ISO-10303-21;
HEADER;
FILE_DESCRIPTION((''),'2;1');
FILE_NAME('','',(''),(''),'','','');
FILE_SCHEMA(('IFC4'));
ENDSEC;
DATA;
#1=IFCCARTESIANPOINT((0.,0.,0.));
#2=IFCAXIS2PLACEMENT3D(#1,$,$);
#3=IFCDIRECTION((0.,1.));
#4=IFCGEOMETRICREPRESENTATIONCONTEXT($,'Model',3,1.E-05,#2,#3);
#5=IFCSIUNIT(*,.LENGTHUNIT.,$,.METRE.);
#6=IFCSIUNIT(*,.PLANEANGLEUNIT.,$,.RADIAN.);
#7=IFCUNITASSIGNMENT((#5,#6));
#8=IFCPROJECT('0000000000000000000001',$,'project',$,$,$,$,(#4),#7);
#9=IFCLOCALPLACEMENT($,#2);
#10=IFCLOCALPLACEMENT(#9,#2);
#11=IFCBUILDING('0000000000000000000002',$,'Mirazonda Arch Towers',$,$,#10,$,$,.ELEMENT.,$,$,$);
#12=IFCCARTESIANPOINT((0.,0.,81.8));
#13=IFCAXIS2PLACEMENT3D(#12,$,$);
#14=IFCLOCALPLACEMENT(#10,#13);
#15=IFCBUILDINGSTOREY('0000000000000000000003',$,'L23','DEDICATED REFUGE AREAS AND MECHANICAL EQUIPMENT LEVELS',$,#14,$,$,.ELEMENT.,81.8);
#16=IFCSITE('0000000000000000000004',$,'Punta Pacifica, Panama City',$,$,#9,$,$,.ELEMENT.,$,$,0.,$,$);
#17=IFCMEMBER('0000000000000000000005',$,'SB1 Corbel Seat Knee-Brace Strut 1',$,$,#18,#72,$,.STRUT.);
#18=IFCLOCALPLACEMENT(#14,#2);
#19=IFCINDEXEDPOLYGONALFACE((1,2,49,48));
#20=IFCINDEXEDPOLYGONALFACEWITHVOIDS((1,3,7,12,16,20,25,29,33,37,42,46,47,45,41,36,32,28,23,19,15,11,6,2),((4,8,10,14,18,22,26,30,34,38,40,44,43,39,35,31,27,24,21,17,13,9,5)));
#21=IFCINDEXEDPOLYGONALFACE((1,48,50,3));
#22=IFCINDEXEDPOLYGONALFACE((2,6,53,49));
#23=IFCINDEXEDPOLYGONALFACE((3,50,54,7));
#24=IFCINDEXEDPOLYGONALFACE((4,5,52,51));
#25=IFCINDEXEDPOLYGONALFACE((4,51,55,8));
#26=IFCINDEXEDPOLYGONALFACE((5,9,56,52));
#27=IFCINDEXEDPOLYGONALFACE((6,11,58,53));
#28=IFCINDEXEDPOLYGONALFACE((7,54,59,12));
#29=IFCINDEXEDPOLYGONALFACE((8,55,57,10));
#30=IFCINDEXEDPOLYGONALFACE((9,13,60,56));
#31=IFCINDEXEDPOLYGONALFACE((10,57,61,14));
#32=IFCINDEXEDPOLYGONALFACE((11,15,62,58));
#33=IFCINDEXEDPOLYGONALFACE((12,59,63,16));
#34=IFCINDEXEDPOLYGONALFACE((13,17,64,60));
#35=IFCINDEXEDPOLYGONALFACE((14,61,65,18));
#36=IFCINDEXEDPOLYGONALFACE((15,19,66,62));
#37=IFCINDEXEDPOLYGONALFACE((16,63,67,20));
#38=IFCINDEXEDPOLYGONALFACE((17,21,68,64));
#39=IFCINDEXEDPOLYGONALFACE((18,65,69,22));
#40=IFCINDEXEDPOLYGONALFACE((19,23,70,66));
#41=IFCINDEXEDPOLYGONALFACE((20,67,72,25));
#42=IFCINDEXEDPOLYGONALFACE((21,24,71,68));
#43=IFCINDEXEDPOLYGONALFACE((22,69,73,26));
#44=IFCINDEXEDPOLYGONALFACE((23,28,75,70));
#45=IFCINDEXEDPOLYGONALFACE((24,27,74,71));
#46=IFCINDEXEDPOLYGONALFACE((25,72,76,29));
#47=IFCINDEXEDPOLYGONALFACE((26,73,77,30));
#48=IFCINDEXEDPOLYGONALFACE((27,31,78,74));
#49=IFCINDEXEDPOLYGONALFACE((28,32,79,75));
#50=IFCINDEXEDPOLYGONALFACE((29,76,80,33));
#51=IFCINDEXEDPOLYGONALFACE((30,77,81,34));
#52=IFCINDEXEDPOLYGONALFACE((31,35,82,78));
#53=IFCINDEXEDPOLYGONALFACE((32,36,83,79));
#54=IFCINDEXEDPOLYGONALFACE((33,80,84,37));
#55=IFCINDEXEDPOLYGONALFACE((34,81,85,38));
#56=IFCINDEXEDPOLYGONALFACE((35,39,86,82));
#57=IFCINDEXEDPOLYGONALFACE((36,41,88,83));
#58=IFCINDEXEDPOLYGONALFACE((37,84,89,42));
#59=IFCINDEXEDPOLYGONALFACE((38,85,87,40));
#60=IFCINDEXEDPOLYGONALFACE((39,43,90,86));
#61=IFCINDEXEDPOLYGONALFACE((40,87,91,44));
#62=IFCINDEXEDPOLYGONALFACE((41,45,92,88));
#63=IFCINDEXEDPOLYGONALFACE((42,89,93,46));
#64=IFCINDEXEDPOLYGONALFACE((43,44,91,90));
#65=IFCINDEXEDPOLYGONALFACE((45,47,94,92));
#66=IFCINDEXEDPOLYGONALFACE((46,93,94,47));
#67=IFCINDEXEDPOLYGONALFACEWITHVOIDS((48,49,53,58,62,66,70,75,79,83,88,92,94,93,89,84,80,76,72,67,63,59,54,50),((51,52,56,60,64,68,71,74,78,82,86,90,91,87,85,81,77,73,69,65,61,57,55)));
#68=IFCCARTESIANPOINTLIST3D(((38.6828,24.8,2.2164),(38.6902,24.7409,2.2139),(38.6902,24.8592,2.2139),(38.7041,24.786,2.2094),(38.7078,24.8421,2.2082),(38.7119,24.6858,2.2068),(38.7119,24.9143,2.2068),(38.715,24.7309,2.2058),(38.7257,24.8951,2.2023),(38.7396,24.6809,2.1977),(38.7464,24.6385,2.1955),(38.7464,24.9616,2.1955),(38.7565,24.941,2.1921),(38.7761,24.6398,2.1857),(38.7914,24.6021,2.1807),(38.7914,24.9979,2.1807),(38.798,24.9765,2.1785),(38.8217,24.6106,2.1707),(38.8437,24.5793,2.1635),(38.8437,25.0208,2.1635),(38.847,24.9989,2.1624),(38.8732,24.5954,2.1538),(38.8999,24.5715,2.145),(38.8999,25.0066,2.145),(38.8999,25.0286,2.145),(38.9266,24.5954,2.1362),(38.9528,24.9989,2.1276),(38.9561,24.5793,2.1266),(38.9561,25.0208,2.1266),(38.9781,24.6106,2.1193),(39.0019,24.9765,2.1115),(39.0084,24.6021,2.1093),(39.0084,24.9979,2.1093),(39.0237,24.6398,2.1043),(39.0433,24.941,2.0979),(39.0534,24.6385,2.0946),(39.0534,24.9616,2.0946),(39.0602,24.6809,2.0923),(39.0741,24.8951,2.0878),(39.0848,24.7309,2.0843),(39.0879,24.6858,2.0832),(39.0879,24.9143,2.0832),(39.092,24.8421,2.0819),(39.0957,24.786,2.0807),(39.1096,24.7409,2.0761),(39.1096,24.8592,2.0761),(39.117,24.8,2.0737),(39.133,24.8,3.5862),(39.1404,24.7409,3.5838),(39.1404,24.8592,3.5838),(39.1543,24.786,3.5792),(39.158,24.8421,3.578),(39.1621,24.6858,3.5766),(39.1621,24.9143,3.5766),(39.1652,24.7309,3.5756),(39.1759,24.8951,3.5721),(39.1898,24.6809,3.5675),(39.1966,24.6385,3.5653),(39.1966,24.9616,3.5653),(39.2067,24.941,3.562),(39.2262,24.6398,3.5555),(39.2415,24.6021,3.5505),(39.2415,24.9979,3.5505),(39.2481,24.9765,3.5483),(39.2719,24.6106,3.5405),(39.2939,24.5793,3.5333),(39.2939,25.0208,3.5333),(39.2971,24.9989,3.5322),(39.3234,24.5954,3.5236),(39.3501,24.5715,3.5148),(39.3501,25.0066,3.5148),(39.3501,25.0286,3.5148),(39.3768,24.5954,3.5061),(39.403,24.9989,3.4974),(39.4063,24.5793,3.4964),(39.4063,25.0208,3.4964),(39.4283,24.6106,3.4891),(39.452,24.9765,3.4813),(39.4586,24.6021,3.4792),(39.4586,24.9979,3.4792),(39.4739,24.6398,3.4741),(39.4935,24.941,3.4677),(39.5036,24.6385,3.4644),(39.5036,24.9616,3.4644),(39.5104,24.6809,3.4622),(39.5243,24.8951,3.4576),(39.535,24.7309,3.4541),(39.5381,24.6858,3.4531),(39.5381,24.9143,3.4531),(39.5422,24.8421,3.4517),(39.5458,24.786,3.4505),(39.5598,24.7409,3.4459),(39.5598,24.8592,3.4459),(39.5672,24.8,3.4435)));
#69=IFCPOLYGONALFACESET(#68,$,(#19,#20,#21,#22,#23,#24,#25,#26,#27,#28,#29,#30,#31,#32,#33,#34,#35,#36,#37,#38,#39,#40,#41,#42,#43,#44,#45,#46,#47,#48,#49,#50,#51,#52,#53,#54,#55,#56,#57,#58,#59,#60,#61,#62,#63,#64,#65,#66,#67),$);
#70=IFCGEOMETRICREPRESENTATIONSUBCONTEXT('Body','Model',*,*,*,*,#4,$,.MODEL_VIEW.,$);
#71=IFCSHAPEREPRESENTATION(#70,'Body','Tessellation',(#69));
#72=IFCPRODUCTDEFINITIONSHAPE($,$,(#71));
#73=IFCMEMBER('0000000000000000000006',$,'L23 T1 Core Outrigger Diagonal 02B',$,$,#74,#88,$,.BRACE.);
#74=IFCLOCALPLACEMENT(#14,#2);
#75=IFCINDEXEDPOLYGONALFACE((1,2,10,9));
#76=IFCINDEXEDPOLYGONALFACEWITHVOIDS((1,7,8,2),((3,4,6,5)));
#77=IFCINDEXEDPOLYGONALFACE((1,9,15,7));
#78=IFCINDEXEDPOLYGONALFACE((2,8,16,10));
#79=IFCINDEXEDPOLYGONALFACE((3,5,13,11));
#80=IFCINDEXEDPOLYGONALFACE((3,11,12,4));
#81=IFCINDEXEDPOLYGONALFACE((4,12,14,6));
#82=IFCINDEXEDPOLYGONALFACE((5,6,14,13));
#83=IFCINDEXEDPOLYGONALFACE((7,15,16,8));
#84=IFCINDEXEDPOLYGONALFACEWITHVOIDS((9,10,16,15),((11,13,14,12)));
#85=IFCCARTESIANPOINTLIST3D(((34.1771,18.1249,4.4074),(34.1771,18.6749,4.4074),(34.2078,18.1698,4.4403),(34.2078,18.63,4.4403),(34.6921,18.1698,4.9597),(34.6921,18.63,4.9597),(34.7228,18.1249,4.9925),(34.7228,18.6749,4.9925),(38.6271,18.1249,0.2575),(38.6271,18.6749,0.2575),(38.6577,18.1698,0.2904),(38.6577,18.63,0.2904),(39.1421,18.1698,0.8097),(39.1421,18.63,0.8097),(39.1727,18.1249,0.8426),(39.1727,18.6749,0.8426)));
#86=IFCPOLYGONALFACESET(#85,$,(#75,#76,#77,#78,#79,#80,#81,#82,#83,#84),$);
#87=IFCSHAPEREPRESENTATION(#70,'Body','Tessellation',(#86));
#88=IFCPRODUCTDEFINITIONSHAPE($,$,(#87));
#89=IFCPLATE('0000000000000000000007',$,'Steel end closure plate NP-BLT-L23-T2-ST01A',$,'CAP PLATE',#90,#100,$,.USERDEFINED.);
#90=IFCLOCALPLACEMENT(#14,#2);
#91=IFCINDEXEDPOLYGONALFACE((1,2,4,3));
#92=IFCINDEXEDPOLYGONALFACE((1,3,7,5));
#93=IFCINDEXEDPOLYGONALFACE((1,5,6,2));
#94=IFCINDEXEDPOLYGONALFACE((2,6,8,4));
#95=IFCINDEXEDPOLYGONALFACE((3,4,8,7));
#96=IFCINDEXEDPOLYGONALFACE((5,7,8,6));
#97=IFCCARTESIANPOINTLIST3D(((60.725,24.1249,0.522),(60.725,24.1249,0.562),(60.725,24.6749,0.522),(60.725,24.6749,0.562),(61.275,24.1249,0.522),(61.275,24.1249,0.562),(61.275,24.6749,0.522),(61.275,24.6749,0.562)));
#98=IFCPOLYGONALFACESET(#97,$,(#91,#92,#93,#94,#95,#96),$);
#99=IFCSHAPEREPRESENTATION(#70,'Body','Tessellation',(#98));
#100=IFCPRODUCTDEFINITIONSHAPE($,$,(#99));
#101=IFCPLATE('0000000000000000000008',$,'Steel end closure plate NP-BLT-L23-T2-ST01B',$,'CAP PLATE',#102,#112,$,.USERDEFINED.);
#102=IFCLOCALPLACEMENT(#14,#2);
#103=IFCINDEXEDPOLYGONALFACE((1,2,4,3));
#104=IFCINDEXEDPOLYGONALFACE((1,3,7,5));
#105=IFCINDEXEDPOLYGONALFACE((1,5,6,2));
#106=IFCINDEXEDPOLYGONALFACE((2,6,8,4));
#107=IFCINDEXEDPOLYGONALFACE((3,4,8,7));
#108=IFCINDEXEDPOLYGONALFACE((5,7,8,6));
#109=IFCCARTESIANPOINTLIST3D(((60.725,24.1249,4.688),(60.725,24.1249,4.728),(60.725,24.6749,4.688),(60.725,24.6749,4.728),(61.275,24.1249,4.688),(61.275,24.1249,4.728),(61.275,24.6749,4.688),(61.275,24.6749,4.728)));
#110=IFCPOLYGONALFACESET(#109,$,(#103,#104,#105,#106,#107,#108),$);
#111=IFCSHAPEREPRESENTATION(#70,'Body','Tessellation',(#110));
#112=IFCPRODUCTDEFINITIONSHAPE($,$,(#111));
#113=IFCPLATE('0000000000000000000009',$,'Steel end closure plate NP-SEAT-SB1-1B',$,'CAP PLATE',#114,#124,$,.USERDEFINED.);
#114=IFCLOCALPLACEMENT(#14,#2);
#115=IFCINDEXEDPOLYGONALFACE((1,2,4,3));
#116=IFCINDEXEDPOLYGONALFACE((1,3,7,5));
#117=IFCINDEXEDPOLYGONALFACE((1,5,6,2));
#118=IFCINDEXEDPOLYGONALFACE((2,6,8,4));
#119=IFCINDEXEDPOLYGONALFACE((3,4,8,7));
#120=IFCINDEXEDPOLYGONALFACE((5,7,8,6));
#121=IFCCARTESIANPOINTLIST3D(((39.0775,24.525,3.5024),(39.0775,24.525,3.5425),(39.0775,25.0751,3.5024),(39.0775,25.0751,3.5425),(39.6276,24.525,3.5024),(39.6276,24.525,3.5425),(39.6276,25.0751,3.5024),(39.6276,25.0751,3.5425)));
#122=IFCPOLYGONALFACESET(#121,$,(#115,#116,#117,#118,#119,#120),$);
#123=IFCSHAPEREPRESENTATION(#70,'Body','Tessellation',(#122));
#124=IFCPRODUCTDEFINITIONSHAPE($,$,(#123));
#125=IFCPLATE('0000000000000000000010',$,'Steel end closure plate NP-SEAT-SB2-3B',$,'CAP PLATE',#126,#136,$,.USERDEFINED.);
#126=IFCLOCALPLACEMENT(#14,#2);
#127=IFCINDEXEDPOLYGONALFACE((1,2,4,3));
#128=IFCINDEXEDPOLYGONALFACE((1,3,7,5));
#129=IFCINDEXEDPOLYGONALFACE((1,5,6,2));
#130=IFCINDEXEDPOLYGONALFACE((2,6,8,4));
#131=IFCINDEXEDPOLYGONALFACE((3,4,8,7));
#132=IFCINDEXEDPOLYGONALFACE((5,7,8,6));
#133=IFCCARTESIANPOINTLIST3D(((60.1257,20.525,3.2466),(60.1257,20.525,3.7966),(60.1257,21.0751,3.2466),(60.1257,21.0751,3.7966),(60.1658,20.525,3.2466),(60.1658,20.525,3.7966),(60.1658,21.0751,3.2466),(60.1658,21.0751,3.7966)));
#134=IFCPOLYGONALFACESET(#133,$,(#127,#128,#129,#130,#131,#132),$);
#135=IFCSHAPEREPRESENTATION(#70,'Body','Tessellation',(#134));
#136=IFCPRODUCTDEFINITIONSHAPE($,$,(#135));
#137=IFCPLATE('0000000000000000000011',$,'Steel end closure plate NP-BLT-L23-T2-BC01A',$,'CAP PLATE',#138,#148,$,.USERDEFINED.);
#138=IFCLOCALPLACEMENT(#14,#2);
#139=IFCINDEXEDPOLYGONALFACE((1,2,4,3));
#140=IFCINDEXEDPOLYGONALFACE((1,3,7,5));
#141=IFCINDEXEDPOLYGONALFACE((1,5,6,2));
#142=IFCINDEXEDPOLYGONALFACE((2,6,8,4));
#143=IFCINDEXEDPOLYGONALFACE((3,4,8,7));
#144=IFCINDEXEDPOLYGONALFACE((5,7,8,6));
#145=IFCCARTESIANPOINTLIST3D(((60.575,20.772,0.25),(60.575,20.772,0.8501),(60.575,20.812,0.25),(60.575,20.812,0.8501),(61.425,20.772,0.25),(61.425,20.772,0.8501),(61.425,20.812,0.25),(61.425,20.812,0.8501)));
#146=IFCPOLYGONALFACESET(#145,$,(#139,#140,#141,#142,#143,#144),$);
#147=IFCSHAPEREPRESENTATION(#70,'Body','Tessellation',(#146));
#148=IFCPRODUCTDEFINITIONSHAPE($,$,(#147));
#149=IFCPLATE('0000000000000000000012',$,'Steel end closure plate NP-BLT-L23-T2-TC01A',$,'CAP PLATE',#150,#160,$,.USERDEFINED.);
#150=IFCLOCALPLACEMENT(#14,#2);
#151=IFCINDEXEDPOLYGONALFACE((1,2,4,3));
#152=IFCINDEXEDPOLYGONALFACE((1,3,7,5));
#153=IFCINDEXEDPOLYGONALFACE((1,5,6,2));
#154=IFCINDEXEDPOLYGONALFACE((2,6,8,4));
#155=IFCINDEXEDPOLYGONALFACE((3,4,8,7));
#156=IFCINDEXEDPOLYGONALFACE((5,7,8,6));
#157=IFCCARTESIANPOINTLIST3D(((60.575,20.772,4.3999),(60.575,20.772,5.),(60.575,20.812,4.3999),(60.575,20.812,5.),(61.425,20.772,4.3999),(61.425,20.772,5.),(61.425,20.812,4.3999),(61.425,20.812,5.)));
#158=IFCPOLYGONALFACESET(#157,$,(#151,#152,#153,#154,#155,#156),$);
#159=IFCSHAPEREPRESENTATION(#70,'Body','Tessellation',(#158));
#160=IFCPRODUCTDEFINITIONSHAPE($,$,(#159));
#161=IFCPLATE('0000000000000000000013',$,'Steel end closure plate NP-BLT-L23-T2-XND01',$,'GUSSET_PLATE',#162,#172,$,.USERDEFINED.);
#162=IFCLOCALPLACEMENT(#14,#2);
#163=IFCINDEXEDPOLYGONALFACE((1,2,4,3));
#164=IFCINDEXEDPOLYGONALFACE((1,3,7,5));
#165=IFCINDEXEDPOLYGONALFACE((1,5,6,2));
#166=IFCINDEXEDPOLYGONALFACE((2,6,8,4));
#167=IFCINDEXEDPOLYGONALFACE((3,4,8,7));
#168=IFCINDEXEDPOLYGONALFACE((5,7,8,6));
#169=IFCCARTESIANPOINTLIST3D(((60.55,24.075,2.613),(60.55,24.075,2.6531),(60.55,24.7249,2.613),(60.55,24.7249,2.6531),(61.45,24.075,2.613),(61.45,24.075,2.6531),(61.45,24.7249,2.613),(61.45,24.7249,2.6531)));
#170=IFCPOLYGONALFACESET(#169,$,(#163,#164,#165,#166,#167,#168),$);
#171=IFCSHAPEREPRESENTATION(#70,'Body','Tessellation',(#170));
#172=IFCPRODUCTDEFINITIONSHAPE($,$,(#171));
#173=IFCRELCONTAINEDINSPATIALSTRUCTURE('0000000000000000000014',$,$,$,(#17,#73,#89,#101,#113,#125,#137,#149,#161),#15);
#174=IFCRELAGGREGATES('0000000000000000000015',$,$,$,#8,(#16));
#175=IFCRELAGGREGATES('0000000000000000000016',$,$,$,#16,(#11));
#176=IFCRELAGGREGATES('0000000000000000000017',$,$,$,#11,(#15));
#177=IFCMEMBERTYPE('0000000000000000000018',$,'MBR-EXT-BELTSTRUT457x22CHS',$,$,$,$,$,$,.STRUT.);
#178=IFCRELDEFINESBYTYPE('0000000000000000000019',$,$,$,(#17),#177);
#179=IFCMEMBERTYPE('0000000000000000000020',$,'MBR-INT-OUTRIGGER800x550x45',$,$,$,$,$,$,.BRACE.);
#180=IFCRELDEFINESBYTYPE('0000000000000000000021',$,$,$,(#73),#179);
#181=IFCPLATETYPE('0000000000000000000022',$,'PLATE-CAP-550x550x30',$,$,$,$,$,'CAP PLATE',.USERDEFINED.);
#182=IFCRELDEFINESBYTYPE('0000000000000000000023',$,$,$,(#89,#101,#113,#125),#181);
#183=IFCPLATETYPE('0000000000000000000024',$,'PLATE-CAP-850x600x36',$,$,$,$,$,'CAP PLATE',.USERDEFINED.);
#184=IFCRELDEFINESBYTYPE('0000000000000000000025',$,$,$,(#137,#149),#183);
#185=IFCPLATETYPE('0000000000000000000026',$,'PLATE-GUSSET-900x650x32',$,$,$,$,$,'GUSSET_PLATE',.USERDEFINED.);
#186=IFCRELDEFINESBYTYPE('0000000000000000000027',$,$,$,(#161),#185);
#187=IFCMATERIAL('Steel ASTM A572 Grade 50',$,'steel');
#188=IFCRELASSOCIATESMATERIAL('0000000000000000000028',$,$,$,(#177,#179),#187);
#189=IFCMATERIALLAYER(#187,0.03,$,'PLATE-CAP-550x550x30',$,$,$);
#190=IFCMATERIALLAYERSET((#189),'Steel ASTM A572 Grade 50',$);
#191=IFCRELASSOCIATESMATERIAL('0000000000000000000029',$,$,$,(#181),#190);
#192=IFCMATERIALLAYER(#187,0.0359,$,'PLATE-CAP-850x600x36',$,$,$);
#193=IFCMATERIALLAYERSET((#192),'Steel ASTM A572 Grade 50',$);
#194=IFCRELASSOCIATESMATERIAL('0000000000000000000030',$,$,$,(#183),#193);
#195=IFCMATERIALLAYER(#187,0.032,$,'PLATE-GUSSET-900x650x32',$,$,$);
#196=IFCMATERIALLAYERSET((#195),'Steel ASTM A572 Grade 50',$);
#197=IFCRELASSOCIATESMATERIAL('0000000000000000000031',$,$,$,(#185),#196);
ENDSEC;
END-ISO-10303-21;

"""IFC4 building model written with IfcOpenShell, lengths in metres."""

from ifc_helpers import new_model, si_unit, direction, frame, origin, origin_2d, place, context, subcontext, project, spatial, rectangle, hollow_rectangle, hollow_circle, extrude, material, layer, layer_set, material_profile, profile_set, type_object, element, save


model = new_model("IFC4")

# Units and contexts
model_context = context("Model", 3, precision=1e-05, world=origin(), true_north=direction((0.0, 1.0)))
body_context = subcontext(model_context, "Body", "Model", "MODEL_VIEW")
ifc_project = project(units=[si_unit("LENGTHUNIT", "METRE"), si_unit("PLANEANGLEUNIT", "RADIAN")], contexts=[model_context])

# Site, building, storey
site_placement = place(None, origin())
site = spatial("IfcSite", under=ifc_project, at=site_placement, Name="Punta Pacifica, Panama City", CompositionType="ELEMENT", RefElevation=0.0)
building_placement = place(site_placement, origin())
building = spatial("IfcBuilding", under=site, at=building_placement, Name="Mirazonda Arch Towers", CompositionType="ELEMENT")
storey_placement = place(building_placement, frame((0.0, 0.0, 81.8)))
storey = spatial("IfcBuildingStorey", under=building, at=storey_placement, Name="L23", Description="DEDICATED REFUGE AREAS AND MECHANICAL EQUIPMENT LEVELS", CompositionType="ELEMENT", Elevation=81.8)

# Shared definitions
ifc_material_1 = material(Name="Steel ASTM A572 Grade 50", Category="steel")

# Members
ifc_material_profile_1 = material_profile(ifc_material_1, hollow_circle(Radius=0.2285, WallThickness=0.022, at=origin_2d()), Name="BELTSTRUT457x22CHS")
ifc_profile_set_1 = profile_set([ifc_material_profile_1], Name="Steel ASTM A572 Grade 50")
member_type_1 = type_object("IfcMemberType", Name="MBR-EXT-BELTSTRUT457x22CHS", PredefinedType="STRUT", material=ifc_profile_set_1)
member_1_placement = place(storey_placement, frame((38.8999, 24.8, 2.145), z_axis=(0.312212, 0.0, 0.950012), x_axis=(0.0, 1.0, 0.0)))
element("IfcMember", 1, at=member_1_placement, inside=storey, type_object=member_type_1, Name="SB1 Corbel Seat Knee-Brace Strut 1", PredefinedType="STRUT", context=body_context, shape_type="SweptSolid", body=[
    extrude(hollow_circle(Radius=0.2285, WallThickness=0.022, at=origin_2d()), origin(), (0.0, 0.0, 1.0), 1.4419),
])
ifc_material_profile_2 = material_profile(ifc_material_1, hollow_rectangle(XDim=0.55, YDim=0.8, WallThickness=0.0449, at=origin_2d()), Name="OUTRIGGER800x550x45")
ifc_profile_set_2 = profile_set([ifc_material_profile_2], Name="Steel ASTM A572 Grade 50")
member_type_2 = type_object("IfcMemberType", Name="MBR-INT-OUTRIGGER800x550x45", PredefinedType="BRACE", material=ifc_profile_set_2)
member_2_placement = place(storey_placement, frame((38.8999, 18.3999, 0.55), z_axis=(-0.731333, 0.0, 0.682021), x_axis=(0.0, -1.0, 0.0)))
element("IfcMember", 2, at=member_2_placement, inside=storey, type_object=member_type_2, Name="L23 T1 Core Outrigger Diagonal 02B", PredefinedType="BRACE", context=body_context, shape_type="SweptSolid", body=[
    extrude(hollow_rectangle(XDim=0.55, YDim=0.8, WallThickness=0.0449, at=origin_2d()), origin(), (0.0, 0.0, 1.0), 6.0847),
])

# Plates
ifc_layer_1 = layer(ifc_material_1, 0.03, Name="PLATE-CAP-550x550x30")
ifc_layer_set_1 = layer_set([ifc_layer_1], Name="Steel ASTM A572 Grade 50")
plate_type_1 = type_object("IfcPlateType", Name="PLATE-CAP-550x550x30", ElementType="CAP PLATE", PredefinedType="USERDEFINED", material=ifc_layer_set_1)
for number, where, z_axis, x_axis, name in (
    (3, (61.0, 24.3999, 0.522), (0.0, 0.0, 1.0), (1.0, 0.0, 0.0), "Steel end closure plate NP-BLT-L23-T2-ST01A"),
    (4, (61.0, 24.3999, 4.688), (0.0, 0.0, 1.0), (1.0, 0.0, 0.0), "Steel end closure plate NP-BLT-L23-T2-ST01B"),
    (5, (39.3525, 24.8, 3.5024), (0.0, 0.0, 1.0), (1.0, 0.0, 0.0), "Steel end closure plate NP-SEAT-SB1-1B"),
):
    element("IfcPlate", number, at=place(storey_placement, frame(where, z_axis=z_axis, x_axis=x_axis)), inside=storey, type_object=plate_type_1, Name=name, ObjectType="CAP PLATE", PredefinedType="USERDEFINED", context=body_context, shape_type="SweptSolid", body=[
        extrude(rectangle(XDim=0.55, YDim=0.55, at=origin_2d()), origin(), (0.0, 0.0, 1.0), 0.04),
    ])
plate_1_placement = place(storey_placement, frame((60.1458, 20.8, 3.2466), z_axis=(0.0, 0.0, 1.0), x_axis=(-1.0, 0.0, 0.0)))
element("IfcPlate", 6, at=plate_1_placement, inside=storey, type_object=plate_type_1, Name="Steel end closure plate NP-SEAT-SB2-3B", ObjectType="CAP PLATE", PredefinedType="USERDEFINED", context=body_context, shape_type="SweptSolid", body=[
    extrude(rectangle(XDim=0.04, YDim=0.55, at=origin_2d()), origin(), (0.0, 0.0, 1.0), 0.55),
])
ifc_layer_2 = layer(ifc_material_1, 0.0359, Name="PLATE-CAP-850x600x36")
ifc_layer_set_2 = layer_set([ifc_layer_2], Name="Steel ASTM A572 Grade 50")
plate_type_2 = type_object("IfcPlateType", Name="PLATE-CAP-850x600x36", ElementType="CAP PLATE", PredefinedType="USERDEFINED", material=ifc_layer_set_2)
for number, where, z_axis, x_axis, name in (
    (7, (61.0, 20.792, 0.25), (0.0, 0.0, 1.0), (0.0, -1.0, 0.0), "Steel end closure plate NP-BLT-L23-T2-BC01A"),
    (8, (61.0, 20.792, 4.3999), (0.0, 0.0, 1.0), (0.0, -1.0, 0.0), "Steel end closure plate NP-BLT-L23-T2-TC01A"),
):
    element("IfcPlate", number, at=place(storey_placement, frame(where, z_axis=z_axis, x_axis=x_axis)), inside=storey, type_object=plate_type_2, Name=name, ObjectType="CAP PLATE", PredefinedType="USERDEFINED", context=body_context, shape_type="SweptSolid", body=[
        extrude(rectangle(XDim=0.04, YDim=0.8501, at=origin_2d()), origin(), (0.0, 0.0, 1.0), 0.6001),
    ])
ifc_layer_3 = layer(ifc_material_1, 0.032, Name="PLATE-GUSSET-900x650x32")
ifc_layer_set_3 = layer_set([ifc_layer_3], Name="Steel ASTM A572 Grade 50")
plate_type_3 = type_object("IfcPlateType", Name="PLATE-GUSSET-900x650x32", ElementType="GUSSET_PLATE", PredefinedType="USERDEFINED", material=ifc_layer_set_3)
plate_2_placement = place(storey_placement, frame((61.0, 24.3999, 2.613), z_axis=(0.0, 0.0, 1.0), x_axis=(1.0, 0.0, 0.0)))
element("IfcPlate", 9, at=plate_2_placement, inside=storey, type_object=plate_type_3, Name="Steel end closure plate NP-BLT-L23-T2-XND01", ObjectType="GUSSET_PLATE", PredefinedType="USERDEFINED", context=body_context, shape_type="SweptSolid", body=[
    extrude(rectangle(XDim=0.8999, YDim=0.6499, at=origin_2d()), origin(), (0.0, 0.0, 1.0), 0.04),
])

save(model, "model.ifc")
